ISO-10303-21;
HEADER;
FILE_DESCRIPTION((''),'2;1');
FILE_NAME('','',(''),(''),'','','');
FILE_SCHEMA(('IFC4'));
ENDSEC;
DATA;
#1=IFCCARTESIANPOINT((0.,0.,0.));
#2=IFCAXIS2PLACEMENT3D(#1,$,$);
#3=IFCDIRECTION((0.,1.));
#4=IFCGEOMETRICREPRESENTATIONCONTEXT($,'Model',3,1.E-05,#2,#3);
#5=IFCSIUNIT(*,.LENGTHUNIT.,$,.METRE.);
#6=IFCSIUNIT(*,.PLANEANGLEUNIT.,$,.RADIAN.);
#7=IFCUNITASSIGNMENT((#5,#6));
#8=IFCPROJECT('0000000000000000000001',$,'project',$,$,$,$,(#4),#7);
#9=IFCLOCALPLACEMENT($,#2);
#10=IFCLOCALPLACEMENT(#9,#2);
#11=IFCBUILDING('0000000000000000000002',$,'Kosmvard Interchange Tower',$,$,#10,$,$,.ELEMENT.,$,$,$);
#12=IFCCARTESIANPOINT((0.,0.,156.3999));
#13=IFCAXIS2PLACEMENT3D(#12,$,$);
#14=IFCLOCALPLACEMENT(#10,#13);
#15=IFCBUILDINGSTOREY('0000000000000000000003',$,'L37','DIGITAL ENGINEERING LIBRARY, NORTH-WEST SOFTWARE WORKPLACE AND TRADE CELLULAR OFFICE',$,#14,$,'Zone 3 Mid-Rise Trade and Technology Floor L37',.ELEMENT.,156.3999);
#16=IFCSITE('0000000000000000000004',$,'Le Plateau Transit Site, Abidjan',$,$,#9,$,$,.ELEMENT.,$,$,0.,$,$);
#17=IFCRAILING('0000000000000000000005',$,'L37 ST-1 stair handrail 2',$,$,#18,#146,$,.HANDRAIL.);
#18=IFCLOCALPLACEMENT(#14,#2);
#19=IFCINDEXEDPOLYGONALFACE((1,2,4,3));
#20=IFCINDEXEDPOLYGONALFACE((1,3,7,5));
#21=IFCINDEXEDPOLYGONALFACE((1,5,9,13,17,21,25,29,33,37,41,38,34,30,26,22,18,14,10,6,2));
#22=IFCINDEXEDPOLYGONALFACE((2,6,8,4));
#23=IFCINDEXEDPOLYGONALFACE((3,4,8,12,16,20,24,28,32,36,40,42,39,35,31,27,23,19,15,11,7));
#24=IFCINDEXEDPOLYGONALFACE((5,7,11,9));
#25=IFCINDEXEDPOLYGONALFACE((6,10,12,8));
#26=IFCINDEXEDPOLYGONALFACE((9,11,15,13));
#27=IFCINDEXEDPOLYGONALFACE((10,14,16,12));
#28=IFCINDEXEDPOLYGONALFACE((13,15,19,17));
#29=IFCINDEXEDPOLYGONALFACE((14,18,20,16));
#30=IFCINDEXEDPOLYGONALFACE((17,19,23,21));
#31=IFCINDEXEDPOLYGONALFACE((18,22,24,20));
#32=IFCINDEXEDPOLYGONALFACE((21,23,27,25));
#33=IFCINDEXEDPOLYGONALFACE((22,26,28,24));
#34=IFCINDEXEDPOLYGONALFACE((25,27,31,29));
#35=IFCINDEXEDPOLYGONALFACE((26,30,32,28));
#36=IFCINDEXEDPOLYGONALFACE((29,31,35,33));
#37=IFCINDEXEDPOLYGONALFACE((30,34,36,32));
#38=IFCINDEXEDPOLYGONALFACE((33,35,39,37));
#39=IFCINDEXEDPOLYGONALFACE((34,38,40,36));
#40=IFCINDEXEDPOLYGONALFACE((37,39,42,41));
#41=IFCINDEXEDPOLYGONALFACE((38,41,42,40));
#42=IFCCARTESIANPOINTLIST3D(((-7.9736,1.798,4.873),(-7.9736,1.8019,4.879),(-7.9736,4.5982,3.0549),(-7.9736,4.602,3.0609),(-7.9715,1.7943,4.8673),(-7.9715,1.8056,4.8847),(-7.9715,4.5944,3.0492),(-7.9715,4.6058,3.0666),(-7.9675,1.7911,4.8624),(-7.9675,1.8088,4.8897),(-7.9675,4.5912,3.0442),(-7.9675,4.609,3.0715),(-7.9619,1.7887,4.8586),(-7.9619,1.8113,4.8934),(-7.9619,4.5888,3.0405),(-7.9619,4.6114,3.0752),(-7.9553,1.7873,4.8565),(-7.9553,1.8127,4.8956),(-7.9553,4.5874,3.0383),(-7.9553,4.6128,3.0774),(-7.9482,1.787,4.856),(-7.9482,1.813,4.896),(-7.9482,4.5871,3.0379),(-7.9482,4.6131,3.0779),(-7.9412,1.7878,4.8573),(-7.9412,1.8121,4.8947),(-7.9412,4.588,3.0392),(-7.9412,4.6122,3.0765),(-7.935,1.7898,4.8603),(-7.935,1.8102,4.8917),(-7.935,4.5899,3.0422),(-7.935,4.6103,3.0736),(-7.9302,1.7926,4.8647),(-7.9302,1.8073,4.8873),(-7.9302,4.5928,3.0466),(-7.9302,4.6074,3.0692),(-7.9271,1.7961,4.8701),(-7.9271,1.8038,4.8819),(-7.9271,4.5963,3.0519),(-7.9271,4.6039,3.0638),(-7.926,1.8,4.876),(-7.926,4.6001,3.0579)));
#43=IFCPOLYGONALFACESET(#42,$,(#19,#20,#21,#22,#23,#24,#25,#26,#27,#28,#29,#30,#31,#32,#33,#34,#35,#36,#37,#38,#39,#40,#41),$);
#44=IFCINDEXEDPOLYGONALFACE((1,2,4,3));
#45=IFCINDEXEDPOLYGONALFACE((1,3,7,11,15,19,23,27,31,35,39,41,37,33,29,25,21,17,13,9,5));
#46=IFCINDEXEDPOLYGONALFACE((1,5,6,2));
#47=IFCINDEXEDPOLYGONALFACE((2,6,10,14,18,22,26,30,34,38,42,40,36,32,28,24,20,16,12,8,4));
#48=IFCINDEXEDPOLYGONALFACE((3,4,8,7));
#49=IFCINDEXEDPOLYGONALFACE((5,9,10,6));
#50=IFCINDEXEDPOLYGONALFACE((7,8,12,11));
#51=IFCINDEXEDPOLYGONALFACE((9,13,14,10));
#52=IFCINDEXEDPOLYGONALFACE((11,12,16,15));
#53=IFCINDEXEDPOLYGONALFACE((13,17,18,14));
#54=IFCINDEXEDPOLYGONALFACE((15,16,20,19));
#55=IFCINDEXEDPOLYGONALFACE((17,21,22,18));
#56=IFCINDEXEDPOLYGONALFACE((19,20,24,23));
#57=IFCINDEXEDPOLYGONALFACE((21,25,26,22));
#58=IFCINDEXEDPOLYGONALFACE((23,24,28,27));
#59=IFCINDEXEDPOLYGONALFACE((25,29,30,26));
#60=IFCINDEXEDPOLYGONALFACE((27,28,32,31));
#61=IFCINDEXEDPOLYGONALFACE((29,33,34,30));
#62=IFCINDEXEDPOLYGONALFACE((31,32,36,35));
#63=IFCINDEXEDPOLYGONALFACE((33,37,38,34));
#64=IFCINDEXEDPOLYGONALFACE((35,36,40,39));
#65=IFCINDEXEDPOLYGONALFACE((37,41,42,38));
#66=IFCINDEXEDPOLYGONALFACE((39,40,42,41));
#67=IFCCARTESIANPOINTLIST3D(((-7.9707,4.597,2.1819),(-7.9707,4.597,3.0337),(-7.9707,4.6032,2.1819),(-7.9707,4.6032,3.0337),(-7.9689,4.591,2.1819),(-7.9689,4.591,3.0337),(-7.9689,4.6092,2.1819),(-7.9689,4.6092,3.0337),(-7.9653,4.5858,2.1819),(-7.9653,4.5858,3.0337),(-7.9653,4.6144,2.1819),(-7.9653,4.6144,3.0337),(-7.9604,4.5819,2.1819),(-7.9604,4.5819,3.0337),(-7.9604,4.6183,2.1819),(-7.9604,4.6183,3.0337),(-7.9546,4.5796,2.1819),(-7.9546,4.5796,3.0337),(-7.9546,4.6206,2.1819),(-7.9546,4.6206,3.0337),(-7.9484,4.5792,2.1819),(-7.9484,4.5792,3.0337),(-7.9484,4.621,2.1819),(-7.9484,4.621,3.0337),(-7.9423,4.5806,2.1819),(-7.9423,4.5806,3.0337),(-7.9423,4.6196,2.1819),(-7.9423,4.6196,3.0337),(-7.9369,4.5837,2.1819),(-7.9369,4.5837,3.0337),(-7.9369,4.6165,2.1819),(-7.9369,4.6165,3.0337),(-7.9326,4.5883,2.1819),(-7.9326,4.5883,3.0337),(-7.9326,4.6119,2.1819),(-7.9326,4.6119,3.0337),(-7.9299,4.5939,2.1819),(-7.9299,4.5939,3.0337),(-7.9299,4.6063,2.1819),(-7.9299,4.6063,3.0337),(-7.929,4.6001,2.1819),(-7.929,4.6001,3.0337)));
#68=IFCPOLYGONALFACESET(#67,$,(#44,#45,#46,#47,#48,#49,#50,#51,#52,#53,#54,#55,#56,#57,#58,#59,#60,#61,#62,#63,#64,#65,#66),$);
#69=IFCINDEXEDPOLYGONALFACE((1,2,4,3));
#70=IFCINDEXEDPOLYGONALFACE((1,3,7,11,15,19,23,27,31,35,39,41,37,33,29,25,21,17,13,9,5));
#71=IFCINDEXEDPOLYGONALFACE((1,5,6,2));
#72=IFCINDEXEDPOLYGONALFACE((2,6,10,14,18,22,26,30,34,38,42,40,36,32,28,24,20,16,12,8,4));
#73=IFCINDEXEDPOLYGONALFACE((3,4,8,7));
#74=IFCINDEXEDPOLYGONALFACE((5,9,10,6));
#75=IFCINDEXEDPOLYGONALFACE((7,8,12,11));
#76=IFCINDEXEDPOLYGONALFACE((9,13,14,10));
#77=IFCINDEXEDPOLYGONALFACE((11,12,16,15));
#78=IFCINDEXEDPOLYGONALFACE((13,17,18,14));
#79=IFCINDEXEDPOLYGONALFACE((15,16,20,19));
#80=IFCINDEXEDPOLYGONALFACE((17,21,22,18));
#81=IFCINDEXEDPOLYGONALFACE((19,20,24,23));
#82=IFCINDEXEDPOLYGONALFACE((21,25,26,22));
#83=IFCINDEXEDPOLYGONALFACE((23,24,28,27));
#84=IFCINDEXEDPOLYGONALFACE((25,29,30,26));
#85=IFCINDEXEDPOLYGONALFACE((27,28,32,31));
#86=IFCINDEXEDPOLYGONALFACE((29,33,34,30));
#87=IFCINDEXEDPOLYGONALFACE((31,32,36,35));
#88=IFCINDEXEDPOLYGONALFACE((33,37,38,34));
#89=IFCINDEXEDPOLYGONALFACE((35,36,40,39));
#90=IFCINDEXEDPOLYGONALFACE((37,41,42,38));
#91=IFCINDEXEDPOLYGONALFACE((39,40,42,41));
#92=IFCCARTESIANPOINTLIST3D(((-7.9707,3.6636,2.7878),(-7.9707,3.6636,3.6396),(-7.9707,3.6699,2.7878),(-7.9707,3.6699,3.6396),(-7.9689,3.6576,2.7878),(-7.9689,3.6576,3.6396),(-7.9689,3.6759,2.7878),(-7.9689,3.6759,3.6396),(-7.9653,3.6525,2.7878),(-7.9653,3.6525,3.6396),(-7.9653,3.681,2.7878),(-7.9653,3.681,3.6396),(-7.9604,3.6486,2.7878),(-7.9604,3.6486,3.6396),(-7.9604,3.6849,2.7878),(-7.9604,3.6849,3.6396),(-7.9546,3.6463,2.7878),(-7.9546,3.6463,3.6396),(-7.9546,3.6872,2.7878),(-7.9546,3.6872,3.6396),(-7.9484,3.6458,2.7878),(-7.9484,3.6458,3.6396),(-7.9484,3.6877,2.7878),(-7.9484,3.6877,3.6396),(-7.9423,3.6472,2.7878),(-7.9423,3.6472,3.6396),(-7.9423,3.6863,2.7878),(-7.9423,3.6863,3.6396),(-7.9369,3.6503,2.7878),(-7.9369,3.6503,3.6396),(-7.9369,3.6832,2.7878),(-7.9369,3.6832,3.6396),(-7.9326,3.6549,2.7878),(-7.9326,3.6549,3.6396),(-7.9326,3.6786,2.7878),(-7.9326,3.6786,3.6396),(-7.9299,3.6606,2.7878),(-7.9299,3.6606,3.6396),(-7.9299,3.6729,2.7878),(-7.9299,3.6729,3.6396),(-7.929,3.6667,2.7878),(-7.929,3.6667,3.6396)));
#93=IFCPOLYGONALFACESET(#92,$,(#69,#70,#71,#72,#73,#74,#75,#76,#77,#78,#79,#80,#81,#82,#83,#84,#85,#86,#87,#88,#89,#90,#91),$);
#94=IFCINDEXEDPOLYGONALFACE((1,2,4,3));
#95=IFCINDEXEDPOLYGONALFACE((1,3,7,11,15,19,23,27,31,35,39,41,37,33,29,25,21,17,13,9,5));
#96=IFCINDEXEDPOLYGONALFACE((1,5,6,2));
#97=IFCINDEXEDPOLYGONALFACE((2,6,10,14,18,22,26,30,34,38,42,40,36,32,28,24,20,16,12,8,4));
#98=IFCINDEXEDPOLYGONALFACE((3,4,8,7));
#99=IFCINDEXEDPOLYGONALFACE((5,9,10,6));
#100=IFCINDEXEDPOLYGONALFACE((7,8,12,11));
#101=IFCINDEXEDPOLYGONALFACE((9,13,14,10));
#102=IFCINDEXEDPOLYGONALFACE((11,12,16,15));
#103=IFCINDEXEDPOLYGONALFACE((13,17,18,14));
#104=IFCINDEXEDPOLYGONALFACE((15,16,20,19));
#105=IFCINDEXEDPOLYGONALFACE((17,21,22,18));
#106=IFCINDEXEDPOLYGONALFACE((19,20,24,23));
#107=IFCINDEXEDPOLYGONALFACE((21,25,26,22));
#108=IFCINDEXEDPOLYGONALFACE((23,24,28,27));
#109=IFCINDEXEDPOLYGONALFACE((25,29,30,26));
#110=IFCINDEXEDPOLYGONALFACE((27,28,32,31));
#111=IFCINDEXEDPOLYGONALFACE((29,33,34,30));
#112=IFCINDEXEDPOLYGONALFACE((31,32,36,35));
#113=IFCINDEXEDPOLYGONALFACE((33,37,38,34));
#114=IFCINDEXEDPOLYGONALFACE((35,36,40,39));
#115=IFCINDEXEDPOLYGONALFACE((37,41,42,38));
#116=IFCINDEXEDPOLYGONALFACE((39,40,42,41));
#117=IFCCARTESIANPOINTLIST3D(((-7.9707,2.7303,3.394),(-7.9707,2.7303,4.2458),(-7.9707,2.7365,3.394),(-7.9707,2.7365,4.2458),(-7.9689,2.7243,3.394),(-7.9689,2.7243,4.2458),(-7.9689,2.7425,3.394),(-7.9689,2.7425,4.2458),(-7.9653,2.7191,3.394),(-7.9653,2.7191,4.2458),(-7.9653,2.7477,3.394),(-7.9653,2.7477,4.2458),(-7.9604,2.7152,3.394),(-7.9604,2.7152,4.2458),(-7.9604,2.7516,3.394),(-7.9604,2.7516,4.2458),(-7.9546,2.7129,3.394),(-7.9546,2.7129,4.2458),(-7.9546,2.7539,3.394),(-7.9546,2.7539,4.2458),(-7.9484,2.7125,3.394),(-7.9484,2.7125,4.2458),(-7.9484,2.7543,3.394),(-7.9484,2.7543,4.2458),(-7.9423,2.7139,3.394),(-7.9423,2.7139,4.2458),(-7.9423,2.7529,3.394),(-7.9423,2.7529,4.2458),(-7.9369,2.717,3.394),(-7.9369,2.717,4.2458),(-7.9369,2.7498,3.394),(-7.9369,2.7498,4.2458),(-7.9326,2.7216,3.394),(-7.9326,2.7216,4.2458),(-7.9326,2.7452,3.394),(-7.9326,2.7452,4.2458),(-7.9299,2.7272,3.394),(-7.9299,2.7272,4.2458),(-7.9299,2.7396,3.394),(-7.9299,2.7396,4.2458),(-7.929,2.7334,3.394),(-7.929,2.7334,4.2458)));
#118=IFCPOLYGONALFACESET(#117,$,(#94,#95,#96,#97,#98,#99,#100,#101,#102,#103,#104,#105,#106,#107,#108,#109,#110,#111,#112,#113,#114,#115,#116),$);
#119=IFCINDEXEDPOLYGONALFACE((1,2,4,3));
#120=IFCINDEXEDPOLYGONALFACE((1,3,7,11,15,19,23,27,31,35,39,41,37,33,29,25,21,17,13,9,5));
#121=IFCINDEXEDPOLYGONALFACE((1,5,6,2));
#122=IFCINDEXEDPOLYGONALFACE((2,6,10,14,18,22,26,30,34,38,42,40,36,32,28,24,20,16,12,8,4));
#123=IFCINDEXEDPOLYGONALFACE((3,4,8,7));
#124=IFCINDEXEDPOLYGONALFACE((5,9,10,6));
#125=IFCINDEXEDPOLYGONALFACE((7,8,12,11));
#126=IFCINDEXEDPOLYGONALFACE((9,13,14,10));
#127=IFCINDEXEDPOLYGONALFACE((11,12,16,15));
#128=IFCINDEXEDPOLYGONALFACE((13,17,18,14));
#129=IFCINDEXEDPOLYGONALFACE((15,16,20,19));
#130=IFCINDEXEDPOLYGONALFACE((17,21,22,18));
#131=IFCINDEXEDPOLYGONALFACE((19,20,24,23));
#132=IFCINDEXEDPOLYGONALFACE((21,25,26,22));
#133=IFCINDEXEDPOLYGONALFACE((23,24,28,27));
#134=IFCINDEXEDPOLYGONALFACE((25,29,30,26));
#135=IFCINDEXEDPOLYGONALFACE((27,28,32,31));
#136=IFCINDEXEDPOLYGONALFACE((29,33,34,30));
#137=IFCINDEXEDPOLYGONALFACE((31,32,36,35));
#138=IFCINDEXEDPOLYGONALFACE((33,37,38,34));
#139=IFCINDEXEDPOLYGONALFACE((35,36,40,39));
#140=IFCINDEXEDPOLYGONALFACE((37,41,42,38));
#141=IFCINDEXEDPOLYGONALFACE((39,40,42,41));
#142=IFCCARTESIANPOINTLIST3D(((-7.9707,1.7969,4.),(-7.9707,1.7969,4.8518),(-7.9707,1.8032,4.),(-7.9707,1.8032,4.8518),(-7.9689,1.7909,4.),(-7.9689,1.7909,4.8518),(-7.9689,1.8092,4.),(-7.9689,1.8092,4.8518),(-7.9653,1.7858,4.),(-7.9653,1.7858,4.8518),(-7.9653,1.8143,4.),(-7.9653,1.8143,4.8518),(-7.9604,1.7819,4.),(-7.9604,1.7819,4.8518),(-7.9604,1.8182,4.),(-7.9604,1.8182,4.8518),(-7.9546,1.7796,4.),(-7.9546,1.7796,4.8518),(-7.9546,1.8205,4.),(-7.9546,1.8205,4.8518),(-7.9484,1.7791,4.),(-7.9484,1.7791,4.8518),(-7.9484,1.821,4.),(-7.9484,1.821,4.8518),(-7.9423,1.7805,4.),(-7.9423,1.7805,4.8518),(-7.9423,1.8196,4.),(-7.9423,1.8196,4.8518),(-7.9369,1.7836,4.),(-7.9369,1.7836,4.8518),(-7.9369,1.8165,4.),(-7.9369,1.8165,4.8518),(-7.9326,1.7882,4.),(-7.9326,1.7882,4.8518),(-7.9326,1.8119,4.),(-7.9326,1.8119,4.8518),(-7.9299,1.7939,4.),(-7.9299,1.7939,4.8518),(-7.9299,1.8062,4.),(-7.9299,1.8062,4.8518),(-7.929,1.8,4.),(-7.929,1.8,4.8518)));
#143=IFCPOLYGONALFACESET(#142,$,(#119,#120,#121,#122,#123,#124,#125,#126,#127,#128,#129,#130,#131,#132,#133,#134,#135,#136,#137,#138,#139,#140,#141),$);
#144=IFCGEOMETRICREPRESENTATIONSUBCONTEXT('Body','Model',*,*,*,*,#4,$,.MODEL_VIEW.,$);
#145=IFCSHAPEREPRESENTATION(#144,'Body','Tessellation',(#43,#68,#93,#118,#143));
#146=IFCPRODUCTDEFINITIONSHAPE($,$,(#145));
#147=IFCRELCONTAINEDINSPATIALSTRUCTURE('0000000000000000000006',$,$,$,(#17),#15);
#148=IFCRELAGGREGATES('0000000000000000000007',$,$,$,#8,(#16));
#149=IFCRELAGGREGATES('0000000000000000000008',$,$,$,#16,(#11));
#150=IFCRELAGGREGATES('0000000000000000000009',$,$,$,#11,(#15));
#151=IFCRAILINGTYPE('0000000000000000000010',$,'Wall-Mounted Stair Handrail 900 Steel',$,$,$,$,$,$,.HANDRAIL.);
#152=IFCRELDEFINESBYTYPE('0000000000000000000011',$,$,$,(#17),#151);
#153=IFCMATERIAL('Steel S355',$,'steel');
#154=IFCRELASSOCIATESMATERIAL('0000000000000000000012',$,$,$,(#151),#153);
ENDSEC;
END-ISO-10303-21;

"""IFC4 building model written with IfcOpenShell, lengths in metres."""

from ifc_helpers import new_model, si_unit, direction, frame, origin, origin_2d, place, context, subcontext, project, spatial, circle, extrude, source, transform, mapped, material, type_object, element, save


model = new_model("IFC4")

# Units and contexts
model_context = context("Model", 3, precision=1e-05, world=origin(), true_north=direction((0.0, 1.0)))
body_context = subcontext(model_context, "Body", "Model", "MODEL_VIEW")
ifc_project = project(units=[si_unit("LENGTHUNIT", "METRE"), si_unit("PLANEANGLEUNIT", "RADIAN")], contexts=[model_context])

# Site, building, storey
site_placement = place(None, origin())
site = spatial("IfcSite", under=ifc_project, at=site_placement, Name="Le Plateau Transit Site, Abidjan", CompositionType="ELEMENT", RefElevation=0.0)
building_placement = place(site_placement, origin())
building = spatial("IfcBuilding", under=site, at=building_placement, Name="Kosmvard Interchange Tower", CompositionType="ELEMENT")
storey_placement = place(building_placement, frame((0.0, 0.0, 156.3999)))
storey = spatial("IfcBuildingStorey", under=building, at=storey_placement, Name="L37", Description="DIGITAL ENGINEERING LIBRARY, NORTH-WEST SOFTWARE WORKPLACE AND TRADE CELLULAR OFFICE", LongName="Zone 3 Mid-Rise Trade and Technology Floor L37", CompositionType="ELEMENT", Elevation=156.3999)

# Shared definitions
ifc_material_1 = material(Name="Steel S355", Category="steel")

# Railing
railing_type = type_object("IfcRailingType", Name="Wall-Mounted Stair Handrail 900 Steel", PredefinedType="HANDRAIL", material=ifc_material_1)
shared_shape_1 = source(origin(), body_context, "Body", "SweptSolid", [
    extrude(circle(Radius=0.0239, at=origin_2d()), frame((0.0, 0.0, 0.876), z_axis=(0.0, -0.838706, 0.544585), x_axis=(1.0, 0.0, 0.0)), (0.0, 0.0, 1.0), 3.3386),
    extrude(circle(Radius=0.021, at=origin_2d()), origin(), (0.0, 0.0, 1.0), 0.8518),
    extrude(circle(Radius=0.021, at=origin_2d()), frame((0.0, -0.9333, 0.606)), (0.0, 0.0, 1.0), 0.8518),
    extrude(circle(Radius=0.021, at=origin_2d()), frame((0.0, -1.8667, 1.2122)), (0.0, 0.0, 1.0), 0.8518),
    extrude(circle(Radius=0.021, at=origin_2d()), frame((0.0, -2.8, 1.8181)), (0.0, 0.0, 1.0), 0.8518),
])
railing_placement = place(storey_placement, frame((-7.95, 4.6001, 2.1819)))
element("IfcRailing", 1, at=railing_placement, inside=storey, type_object=railing_type, Name="L37 ST-1 stair handrail 2", PredefinedType="HANDRAIL", context=body_context, shape_type="MappedRepresentation", body=[
    mapped(shared_shape_1, transform((0.0, 0.0, 0.0), scale=1.0)),
])

save(model, "model.ifc")
